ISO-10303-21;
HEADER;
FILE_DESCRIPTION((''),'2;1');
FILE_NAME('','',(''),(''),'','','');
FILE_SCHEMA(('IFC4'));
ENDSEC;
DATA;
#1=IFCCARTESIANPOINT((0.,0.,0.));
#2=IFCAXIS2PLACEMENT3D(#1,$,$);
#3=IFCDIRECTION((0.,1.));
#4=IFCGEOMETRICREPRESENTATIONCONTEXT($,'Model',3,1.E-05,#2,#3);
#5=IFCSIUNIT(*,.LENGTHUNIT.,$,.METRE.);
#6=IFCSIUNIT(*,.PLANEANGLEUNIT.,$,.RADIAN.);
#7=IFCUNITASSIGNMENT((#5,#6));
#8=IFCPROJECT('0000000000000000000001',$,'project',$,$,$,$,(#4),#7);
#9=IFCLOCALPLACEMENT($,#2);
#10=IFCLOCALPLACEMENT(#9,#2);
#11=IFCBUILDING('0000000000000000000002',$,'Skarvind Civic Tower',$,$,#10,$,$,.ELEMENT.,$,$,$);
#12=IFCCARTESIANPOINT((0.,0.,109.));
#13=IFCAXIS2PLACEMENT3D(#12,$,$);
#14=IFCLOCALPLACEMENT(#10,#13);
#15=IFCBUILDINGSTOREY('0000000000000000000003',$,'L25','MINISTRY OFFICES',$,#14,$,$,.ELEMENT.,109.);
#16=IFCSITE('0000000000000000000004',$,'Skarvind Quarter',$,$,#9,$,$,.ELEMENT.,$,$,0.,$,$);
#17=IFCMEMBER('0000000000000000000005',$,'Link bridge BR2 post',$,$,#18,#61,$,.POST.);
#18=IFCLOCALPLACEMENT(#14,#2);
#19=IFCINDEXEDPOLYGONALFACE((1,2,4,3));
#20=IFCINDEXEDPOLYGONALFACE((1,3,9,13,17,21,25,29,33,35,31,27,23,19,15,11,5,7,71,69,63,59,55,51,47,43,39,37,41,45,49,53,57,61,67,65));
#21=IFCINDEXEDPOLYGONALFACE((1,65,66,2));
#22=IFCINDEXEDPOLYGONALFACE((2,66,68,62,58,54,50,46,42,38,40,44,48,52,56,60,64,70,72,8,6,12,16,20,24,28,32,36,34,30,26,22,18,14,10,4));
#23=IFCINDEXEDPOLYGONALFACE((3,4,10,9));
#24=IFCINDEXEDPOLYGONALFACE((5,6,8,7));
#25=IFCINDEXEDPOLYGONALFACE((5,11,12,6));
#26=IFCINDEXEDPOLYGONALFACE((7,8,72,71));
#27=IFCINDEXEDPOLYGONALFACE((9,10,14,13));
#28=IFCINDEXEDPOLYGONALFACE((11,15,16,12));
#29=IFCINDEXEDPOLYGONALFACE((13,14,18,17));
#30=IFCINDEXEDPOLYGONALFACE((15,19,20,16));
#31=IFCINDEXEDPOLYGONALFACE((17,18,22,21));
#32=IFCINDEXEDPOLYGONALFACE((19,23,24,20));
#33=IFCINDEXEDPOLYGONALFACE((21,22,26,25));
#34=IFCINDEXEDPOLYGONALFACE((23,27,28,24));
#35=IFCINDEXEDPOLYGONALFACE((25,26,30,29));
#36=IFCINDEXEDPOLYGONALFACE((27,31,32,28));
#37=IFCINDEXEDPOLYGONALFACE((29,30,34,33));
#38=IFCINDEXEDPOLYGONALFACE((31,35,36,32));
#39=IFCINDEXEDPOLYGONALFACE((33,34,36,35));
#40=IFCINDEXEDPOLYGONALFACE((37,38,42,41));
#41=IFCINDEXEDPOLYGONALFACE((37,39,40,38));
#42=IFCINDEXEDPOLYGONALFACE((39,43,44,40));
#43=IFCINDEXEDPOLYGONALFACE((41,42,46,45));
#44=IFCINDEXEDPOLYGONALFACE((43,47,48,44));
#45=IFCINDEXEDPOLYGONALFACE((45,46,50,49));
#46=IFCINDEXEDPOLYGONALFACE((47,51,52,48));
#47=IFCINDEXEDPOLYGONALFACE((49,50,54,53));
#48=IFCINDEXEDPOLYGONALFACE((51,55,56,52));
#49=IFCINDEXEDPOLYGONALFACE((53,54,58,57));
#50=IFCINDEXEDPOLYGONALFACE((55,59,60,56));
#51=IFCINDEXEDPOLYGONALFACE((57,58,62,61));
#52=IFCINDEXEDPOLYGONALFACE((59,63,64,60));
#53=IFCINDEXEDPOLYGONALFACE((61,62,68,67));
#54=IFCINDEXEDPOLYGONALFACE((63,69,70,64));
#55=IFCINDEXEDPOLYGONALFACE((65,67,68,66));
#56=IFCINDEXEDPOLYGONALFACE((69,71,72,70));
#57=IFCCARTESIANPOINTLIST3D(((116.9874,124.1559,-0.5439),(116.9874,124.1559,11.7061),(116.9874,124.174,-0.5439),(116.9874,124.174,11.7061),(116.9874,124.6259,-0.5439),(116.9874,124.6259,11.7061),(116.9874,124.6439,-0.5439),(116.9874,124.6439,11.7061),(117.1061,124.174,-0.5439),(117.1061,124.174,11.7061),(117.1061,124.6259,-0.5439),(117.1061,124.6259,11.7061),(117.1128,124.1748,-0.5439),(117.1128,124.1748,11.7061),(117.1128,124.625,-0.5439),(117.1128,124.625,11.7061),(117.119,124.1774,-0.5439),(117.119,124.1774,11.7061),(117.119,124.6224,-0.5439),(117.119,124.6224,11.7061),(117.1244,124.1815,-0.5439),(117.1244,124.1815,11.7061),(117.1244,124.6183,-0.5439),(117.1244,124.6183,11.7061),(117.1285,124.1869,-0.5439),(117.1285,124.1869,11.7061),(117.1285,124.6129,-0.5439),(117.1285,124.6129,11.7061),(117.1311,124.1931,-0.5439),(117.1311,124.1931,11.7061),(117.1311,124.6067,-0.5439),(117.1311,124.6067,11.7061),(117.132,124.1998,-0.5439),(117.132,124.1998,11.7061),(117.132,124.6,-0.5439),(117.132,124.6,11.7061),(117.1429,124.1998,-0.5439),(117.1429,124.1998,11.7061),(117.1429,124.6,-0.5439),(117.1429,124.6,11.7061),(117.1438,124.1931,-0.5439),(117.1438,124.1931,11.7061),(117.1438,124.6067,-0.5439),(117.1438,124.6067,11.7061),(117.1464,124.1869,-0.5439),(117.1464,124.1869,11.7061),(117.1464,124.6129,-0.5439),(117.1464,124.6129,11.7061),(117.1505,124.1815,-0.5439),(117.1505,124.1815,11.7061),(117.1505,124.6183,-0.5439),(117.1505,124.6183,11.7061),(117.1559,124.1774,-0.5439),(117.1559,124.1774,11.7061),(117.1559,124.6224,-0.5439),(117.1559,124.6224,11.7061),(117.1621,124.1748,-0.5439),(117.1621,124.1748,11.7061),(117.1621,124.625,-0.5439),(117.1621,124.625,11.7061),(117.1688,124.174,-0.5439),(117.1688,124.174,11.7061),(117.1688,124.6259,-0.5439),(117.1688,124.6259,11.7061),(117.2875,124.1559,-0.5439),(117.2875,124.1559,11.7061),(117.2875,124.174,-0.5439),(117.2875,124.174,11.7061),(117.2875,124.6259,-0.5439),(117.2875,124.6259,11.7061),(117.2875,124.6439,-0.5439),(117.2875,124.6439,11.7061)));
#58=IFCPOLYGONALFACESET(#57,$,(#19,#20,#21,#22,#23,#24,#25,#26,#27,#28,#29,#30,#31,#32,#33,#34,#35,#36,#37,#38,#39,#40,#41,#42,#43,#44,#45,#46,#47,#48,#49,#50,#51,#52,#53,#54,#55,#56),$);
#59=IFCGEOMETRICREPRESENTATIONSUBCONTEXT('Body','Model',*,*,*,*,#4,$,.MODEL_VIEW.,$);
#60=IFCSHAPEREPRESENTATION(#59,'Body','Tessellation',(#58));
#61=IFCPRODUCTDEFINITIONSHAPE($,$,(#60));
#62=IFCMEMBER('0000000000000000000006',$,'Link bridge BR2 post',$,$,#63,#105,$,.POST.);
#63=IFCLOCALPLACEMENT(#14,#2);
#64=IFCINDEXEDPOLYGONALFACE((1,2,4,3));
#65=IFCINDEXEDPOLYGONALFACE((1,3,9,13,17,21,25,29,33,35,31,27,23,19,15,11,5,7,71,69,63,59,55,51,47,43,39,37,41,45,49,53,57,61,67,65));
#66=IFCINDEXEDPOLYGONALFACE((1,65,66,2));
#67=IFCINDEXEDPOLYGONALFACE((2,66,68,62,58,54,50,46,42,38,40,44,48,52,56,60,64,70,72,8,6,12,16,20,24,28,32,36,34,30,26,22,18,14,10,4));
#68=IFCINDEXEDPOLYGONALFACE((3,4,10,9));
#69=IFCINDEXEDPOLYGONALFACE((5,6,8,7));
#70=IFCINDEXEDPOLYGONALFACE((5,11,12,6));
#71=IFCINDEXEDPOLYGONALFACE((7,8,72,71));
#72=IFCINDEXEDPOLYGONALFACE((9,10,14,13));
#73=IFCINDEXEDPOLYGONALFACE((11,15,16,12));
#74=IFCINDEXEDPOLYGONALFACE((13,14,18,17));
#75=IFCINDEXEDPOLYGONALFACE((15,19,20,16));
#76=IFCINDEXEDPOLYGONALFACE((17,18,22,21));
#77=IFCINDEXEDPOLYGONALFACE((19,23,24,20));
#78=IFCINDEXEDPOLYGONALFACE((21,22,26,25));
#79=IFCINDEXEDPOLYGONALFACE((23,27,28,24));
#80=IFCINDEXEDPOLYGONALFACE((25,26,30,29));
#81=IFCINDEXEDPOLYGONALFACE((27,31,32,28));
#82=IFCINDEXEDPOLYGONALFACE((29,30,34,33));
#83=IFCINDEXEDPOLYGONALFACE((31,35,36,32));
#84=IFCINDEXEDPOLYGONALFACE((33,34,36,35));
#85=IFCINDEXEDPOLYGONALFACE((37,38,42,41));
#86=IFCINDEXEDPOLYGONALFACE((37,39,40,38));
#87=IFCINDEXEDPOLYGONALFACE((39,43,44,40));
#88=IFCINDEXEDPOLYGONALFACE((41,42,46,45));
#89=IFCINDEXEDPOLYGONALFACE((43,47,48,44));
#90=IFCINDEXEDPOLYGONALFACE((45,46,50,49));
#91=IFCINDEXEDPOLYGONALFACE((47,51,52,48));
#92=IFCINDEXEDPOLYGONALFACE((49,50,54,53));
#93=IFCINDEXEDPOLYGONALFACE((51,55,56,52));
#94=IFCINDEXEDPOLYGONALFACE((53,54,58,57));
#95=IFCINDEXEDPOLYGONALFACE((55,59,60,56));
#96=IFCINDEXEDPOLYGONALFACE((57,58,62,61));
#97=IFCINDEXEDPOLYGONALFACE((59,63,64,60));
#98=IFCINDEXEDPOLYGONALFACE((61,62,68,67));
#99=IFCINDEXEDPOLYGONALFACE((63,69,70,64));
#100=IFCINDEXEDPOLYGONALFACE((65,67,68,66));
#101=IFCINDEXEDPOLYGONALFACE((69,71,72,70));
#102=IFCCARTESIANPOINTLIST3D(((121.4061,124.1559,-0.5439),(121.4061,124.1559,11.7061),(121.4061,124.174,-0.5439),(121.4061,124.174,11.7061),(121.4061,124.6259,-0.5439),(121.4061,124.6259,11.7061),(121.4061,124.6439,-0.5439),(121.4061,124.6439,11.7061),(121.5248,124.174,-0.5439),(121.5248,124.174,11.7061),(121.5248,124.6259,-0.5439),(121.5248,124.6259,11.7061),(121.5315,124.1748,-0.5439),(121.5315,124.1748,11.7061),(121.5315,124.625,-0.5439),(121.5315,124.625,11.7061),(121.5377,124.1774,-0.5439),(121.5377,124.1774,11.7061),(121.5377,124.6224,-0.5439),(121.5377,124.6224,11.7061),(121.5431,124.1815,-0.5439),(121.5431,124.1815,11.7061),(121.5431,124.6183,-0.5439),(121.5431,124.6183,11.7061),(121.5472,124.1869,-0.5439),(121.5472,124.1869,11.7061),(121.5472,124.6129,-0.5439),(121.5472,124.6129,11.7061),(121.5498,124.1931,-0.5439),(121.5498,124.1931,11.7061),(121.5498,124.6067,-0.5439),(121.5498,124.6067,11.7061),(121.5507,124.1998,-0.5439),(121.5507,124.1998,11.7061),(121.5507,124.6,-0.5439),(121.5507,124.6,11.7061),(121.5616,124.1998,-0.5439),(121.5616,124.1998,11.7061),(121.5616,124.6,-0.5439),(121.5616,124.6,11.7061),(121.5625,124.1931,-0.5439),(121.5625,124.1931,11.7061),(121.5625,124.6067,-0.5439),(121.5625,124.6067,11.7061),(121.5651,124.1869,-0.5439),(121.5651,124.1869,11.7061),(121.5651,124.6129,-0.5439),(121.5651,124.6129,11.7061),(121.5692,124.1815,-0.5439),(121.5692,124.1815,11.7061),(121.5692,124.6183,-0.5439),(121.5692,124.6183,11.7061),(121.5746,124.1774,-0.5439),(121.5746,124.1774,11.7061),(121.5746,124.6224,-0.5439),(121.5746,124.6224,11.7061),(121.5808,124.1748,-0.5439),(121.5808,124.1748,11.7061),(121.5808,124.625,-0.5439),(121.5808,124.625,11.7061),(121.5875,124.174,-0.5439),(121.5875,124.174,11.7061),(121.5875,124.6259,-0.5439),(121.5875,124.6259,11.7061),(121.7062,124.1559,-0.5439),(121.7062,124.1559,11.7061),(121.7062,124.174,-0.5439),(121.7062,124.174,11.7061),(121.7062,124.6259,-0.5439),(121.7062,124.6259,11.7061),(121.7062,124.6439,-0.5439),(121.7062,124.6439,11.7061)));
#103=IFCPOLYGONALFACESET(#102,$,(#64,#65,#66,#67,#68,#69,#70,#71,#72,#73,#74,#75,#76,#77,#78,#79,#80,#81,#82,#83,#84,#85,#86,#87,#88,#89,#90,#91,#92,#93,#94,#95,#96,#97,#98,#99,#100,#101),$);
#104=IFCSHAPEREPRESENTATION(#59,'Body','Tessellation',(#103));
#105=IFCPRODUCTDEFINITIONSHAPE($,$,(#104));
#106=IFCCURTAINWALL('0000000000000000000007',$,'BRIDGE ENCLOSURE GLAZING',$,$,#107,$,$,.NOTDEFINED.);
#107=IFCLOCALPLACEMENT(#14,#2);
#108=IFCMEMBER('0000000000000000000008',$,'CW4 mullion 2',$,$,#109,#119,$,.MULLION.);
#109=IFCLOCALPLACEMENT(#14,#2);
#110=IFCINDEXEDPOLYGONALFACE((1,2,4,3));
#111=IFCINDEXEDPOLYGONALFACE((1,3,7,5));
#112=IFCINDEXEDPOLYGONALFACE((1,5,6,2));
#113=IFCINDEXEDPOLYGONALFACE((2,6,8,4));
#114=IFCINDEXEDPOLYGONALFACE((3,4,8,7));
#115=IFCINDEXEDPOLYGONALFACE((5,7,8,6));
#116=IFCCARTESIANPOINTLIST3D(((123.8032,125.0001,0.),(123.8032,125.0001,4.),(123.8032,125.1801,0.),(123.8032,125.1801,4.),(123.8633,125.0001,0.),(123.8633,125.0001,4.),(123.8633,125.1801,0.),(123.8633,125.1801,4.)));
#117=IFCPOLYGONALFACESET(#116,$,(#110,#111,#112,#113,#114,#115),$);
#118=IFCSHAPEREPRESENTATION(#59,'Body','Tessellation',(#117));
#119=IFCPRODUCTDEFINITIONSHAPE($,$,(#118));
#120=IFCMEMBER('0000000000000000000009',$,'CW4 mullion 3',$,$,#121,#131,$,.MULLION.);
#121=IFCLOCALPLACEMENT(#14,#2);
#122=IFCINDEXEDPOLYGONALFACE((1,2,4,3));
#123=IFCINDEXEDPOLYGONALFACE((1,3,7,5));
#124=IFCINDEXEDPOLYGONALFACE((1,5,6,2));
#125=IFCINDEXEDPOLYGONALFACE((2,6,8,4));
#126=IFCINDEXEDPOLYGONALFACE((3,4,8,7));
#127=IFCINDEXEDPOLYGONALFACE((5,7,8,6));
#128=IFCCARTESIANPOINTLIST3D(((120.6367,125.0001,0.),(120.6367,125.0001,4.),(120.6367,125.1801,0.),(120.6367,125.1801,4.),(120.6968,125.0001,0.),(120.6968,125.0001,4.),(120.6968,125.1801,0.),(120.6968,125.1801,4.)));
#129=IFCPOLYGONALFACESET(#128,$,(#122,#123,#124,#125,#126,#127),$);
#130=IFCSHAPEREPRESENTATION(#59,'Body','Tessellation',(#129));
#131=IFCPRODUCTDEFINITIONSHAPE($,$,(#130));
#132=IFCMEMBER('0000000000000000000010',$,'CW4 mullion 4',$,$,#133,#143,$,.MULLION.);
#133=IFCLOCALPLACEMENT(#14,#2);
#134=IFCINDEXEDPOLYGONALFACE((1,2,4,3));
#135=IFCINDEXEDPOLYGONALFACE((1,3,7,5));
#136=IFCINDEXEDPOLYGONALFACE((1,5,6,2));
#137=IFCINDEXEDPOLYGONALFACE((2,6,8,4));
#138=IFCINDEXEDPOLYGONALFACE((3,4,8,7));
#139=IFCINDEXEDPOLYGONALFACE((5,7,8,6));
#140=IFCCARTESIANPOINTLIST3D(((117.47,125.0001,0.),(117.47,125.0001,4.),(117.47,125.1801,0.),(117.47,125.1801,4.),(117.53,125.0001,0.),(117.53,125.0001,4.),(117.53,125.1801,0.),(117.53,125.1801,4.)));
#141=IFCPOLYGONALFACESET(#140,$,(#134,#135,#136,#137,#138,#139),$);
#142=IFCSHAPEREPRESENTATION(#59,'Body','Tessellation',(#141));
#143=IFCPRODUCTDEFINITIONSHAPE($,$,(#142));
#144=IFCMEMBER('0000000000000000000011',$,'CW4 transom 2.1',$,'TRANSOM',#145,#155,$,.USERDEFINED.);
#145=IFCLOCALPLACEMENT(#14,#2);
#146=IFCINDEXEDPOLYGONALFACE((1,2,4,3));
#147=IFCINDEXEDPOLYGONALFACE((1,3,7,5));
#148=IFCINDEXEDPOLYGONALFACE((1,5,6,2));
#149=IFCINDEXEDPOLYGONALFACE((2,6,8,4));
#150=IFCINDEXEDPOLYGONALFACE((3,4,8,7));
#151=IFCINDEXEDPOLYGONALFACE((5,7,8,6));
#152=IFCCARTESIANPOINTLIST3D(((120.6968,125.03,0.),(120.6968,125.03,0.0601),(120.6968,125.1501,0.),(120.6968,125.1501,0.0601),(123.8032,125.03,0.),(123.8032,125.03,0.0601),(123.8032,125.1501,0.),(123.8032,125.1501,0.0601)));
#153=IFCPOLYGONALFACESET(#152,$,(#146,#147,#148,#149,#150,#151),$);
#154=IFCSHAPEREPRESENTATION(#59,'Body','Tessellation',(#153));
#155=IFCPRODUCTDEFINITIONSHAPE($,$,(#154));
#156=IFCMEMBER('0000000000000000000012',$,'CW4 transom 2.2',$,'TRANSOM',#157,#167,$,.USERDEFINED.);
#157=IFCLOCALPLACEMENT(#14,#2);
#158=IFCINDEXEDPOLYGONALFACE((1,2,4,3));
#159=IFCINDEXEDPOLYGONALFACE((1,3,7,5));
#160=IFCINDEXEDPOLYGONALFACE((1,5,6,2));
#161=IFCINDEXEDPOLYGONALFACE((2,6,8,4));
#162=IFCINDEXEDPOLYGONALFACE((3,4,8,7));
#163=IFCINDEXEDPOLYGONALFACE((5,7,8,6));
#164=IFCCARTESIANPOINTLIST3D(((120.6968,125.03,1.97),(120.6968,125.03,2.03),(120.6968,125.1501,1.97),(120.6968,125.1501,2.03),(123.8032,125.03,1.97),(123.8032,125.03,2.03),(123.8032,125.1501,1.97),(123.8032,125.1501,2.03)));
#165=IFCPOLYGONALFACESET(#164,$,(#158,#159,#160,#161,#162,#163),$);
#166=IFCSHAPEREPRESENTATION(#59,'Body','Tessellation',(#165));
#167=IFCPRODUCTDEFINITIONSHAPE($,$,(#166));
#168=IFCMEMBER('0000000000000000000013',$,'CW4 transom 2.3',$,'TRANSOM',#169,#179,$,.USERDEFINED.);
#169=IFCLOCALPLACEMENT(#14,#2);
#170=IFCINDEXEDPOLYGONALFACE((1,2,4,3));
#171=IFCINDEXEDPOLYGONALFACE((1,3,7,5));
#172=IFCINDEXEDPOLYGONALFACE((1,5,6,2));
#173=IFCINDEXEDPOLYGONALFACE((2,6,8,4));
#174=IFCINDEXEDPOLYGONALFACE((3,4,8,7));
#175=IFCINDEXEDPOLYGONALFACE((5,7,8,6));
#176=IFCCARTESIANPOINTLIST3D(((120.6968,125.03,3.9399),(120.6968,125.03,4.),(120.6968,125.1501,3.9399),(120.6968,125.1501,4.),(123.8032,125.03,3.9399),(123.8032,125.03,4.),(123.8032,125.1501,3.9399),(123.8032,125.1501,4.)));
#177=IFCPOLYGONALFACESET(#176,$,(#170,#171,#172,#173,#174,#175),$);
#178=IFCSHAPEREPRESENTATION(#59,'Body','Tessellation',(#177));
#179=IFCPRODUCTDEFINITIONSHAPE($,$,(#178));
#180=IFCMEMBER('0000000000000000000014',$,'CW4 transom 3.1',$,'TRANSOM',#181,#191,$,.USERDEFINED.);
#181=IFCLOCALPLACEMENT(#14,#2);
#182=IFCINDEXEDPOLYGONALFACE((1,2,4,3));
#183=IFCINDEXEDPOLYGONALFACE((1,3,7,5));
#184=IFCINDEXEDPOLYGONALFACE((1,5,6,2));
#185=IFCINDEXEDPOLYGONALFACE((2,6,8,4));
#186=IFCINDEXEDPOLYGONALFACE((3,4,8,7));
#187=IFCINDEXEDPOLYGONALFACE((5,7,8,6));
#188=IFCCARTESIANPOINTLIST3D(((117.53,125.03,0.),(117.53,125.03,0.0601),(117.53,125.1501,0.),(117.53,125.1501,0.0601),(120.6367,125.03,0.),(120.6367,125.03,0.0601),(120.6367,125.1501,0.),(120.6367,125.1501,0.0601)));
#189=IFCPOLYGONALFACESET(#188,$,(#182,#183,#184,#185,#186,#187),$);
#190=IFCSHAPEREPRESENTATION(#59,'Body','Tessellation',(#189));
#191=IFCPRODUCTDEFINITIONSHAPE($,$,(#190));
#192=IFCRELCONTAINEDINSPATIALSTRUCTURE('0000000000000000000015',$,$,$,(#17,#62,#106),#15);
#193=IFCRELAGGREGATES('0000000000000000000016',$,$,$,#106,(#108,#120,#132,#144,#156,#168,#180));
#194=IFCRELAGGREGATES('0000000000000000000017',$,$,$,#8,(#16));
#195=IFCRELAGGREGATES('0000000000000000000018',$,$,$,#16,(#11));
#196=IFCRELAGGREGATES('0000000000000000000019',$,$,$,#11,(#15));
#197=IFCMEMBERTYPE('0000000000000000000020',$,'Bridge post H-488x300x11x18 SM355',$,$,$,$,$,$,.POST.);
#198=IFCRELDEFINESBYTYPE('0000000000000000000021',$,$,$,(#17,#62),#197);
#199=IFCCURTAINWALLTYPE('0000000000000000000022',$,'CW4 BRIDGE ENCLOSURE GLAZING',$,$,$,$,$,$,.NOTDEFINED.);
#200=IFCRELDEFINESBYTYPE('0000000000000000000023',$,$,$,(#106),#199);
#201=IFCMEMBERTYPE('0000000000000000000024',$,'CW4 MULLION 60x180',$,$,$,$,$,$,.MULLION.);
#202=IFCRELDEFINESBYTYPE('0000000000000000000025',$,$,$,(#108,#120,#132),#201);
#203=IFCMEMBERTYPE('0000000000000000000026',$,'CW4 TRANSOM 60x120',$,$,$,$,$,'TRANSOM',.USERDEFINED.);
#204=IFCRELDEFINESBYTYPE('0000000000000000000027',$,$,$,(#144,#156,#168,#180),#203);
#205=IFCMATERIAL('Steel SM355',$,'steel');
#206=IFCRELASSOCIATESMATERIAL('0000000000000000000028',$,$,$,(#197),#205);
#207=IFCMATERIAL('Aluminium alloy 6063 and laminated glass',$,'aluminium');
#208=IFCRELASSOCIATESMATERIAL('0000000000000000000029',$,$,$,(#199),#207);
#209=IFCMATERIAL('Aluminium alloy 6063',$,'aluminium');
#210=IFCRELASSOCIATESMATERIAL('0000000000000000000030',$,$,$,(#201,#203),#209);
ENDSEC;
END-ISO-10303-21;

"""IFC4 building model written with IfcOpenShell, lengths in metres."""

from ifc_helpers import new_model, si_unit, direction, frame, origin, origin_2d, place, context, subcontext, project, spatial, rectangle, i_section, extrude, material, material_profile, profile_set, type_object, element, aggregate, save


model = new_model("IFC4")

# Units and contexts
model_context = context("Model", 3, precision=1e-05, world=origin(), true_north=direction((0.0, 1.0)))
body_context = subcontext(model_context, "Body", "Model", "MODEL_VIEW")
ifc_project = project(units=[si_unit("LENGTHUNIT", "METRE"), si_unit("PLANEANGLEUNIT", "RADIAN")], contexts=[model_context])

# Site, building, storey
site_placement = place(None, origin())
site = spatial("IfcSite", under=ifc_project, at=site_placement, Name="Skarvind Quarter", CompositionType="ELEMENT", RefElevation=0.0)
building_placement = place(site_placement, origin())
building = spatial("IfcBuilding", under=site, at=building_placement, Name="Skarvind Civic Tower", CompositionType="ELEMENT")
storey_placement = place(building_placement, frame((0.0, 0.0, 109.0)))
storey = spatial("IfcBuildingStorey", under=building, at=storey_placement, Name="L25", Description="MINISTRY OFFICES", CompositionType="ELEMENT", Elevation=109.0)

# Members
ifc_material_1 = material(Name="Steel SM355", Category="steel")
ifc_material_profile_1 = material_profile(ifc_material_1, i_section(OverallWidth=0.3, OverallDepth=0.488, WebThickness=0.011, FlangeThickness=0.0181, FilletRadius=0.0259, at=origin_2d()), Name="H-488x300x11x18")
ifc_profile_set_1 = profile_set([ifc_material_profile_1], Name="Steel SM355")
member_type_1 = type_object("IfcMemberType", Name="Bridge post H-488x300x11x18 SM355", PredefinedType="POST", material=ifc_profile_set_1)
for number, where, z_axis, x_axis, name in (
    (1, (117.1375, 124.3999, -0.5439), (0.0, 0.0, 1.0), (1.0, 0.0, 0.0), "Link bridge BR2 post"),
    (2, (121.5562, 124.3999, -0.5439), (0.0, 0.0, 1.0), (1.0, 0.0, 0.0), "Link bridge BR2 post"),
):
    element("IfcMember", number, at=place(storey_placement, frame(where, z_axis=z_axis, x_axis=x_axis)), inside=storey, type_object=member_type_1, Name=name, PredefinedType="POST", context=body_context, shape_type="SweptSolid", body=[
        extrude(i_section(OverallWidth=0.3, OverallDepth=0.488, WebThickness=0.011, FlangeThickness=0.0181, FilletRadius=0.0259, at=origin_2d()), origin(), (0.0, 0.0, 1.0), 12.25),
    ])

# Curtain wall, members
ifc_material_2 = material(Name="Aluminium alloy 6063 and laminated glass", Category="aluminium")
curtain_wall_type = type_object("IfcCurtainWallType", Name="CW4 BRIDGE ENCLOSURE GLAZING", PredefinedType="NOTDEFINED", material=ifc_material_2)
curtain_wall_placement = place(storey_placement, origin())
curtain_wall = element("IfcCurtainWall", 3, at=curtain_wall_placement, inside=storey, type_object=curtain_wall_type, Name="BRIDGE ENCLOSURE GLAZING", PredefinedType="NOTDEFINED")
ifc_material_3 = material(Name="Aluminium alloy 6063", Category="aluminium")
ifc_material_profile_2 = material_profile(ifc_material_3, rectangle(XDim=0.1799, YDim=0.0601, at=origin_2d()), Name="AL 60x180")
ifc_profile_set_2 = profile_set([ifc_material_profile_2], Name="Aluminium alloy 6063")
member_type_2 = type_object("IfcMemberType", Name="CW4 MULLION 60x180", PredefinedType="MULLION", material=ifc_profile_set_2)
member_1_placement = place(storey_placement, frame((123.8333, 125.0901, 0.0), z_axis=(0.0, 0.0, 1.0), x_axis=(0.0, -1.0, 0.0)))
member_1 = element("IfcMember", 4, at=member_1_placement, type_object=member_type_2, Name="CW4 mullion 2", PredefinedType="MULLION", context=body_context, shape_type="SweptSolid", body=[
    extrude(rectangle(XDim=0.1799, YDim=0.0601, at=origin_2d()), origin(), (0.0, 0.0, 1.0), 4.0),
])
member_2_placement = place(storey_placement, frame((120.6667, 125.0901, 0.0), z_axis=(0.0, 0.0, 1.0), x_axis=(0.0, -1.0, 0.0)))
member_2 = element("IfcMember", 5, at=member_2_placement, type_object=member_type_2, Name="CW4 mullion 3", PredefinedType="MULLION", context=body_context, shape_type="SweptSolid", body=[
    extrude(rectangle(XDim=0.1799, YDim=0.0601, at=origin_2d()), origin(), (0.0, 0.0, 1.0), 4.0),
])
member_3_placement = place(storey_placement, frame((117.5, 125.0901, 0.0), z_axis=(0.0, 0.0, 1.0), x_axis=(0.0, -1.0, 0.0)))
member_3 = element("IfcMember", 6, at=member_3_placement, type_object=member_type_2, Name="CW4 mullion 4", PredefinedType="MULLION", context=body_context, shape_type="SweptSolid", body=[
    extrude(rectangle(XDim=0.1799, YDim=0.0601, at=origin_2d()), origin(), (0.0, 0.0, 1.0), 4.0),
])
ifc_material_profile_3 = material_profile(ifc_material_3, rectangle(XDim=0.1201, YDim=0.0601, at=origin_2d()), Name="AL 60x120")
ifc_profile_set_3 = profile_set([ifc_material_profile_3], Name="Aluminium alloy 6063")
member_type_3 = type_object("IfcMemberType", Name="CW4 TRANSOM 60x120", ElementType="TRANSOM", PredefinedType="USERDEFINED", material=ifc_profile_set_3)
member_4_placement = place(storey_placement, frame((123.8032, 125.0901, 0.03), z_axis=(-1.0, 0.0, 0.0), x_axis=(0.0, -1.0, 0.0)))
member_4 = element("IfcMember", 7, at=member_4_placement, type_object=member_type_3, Name="CW4 transom 2.1", ObjectType="TRANSOM", PredefinedType="USERDEFINED", context=body_context, shape_type="SweptSolid", body=[
    extrude(rectangle(XDim=0.1201, YDim=0.0601, at=origin_2d()), origin(), (0.0, 0.0, 1.0), 3.1064),
])
member_5_placement = place(storey_placement, frame((123.8032, 125.0901, 2.0), z_axis=(-1.0, 0.0, 0.0), x_axis=(0.0, -1.0, 0.0)))
member_5 = element("IfcMember", 8, at=member_5_placement, type_object=member_type_3, Name="CW4 transom 2.2", ObjectType="TRANSOM", PredefinedType="USERDEFINED", context=body_context, shape_type="SweptSolid", body=[
    extrude(rectangle(XDim=0.1201, YDim=0.0601, at=origin_2d()), origin(), (0.0, 0.0, 1.0), 3.1064),
])
member_6_placement = place(storey_placement, frame((123.8032, 125.0901, 3.97), z_axis=(-1.0, 0.0, 0.0), x_axis=(0.0, -1.0, 0.0)))
member_6 = element("IfcMember", 9, at=member_6_placement, type_object=member_type_3, Name="CW4 transom 2.3", ObjectType="TRANSOM", PredefinedType="USERDEFINED", context=body_context, shape_type="SweptSolid", body=[
    extrude(rectangle(XDim=0.1201, YDim=0.0601, at=origin_2d()), origin(), (0.0, 0.0, 1.0), 3.1064),
])
member_7_placement = place(storey_placement, frame((120.6367, 125.0901, 0.03), z_axis=(-1.0, 0.0, 0.0), x_axis=(0.0, -1.0, 0.0)))
member_7 = element("IfcMember", 10, at=member_7_placement, type_object=member_type_3, Name="CW4 transom 3.1", ObjectType="TRANSOM", PredefinedType="USERDEFINED", context=body_context, shape_type="SweptSolid", body=[
    extrude(rectangle(XDim=0.1201, YDim=0.0601, at=origin_2d()), origin(), (0.0, 0.0, 1.0), 3.1067),
])
aggregate(curtain_wall, [member_1, member_2, member_3, member_4, member_5, member_6, member_7])

save(model, "model.ifc")
